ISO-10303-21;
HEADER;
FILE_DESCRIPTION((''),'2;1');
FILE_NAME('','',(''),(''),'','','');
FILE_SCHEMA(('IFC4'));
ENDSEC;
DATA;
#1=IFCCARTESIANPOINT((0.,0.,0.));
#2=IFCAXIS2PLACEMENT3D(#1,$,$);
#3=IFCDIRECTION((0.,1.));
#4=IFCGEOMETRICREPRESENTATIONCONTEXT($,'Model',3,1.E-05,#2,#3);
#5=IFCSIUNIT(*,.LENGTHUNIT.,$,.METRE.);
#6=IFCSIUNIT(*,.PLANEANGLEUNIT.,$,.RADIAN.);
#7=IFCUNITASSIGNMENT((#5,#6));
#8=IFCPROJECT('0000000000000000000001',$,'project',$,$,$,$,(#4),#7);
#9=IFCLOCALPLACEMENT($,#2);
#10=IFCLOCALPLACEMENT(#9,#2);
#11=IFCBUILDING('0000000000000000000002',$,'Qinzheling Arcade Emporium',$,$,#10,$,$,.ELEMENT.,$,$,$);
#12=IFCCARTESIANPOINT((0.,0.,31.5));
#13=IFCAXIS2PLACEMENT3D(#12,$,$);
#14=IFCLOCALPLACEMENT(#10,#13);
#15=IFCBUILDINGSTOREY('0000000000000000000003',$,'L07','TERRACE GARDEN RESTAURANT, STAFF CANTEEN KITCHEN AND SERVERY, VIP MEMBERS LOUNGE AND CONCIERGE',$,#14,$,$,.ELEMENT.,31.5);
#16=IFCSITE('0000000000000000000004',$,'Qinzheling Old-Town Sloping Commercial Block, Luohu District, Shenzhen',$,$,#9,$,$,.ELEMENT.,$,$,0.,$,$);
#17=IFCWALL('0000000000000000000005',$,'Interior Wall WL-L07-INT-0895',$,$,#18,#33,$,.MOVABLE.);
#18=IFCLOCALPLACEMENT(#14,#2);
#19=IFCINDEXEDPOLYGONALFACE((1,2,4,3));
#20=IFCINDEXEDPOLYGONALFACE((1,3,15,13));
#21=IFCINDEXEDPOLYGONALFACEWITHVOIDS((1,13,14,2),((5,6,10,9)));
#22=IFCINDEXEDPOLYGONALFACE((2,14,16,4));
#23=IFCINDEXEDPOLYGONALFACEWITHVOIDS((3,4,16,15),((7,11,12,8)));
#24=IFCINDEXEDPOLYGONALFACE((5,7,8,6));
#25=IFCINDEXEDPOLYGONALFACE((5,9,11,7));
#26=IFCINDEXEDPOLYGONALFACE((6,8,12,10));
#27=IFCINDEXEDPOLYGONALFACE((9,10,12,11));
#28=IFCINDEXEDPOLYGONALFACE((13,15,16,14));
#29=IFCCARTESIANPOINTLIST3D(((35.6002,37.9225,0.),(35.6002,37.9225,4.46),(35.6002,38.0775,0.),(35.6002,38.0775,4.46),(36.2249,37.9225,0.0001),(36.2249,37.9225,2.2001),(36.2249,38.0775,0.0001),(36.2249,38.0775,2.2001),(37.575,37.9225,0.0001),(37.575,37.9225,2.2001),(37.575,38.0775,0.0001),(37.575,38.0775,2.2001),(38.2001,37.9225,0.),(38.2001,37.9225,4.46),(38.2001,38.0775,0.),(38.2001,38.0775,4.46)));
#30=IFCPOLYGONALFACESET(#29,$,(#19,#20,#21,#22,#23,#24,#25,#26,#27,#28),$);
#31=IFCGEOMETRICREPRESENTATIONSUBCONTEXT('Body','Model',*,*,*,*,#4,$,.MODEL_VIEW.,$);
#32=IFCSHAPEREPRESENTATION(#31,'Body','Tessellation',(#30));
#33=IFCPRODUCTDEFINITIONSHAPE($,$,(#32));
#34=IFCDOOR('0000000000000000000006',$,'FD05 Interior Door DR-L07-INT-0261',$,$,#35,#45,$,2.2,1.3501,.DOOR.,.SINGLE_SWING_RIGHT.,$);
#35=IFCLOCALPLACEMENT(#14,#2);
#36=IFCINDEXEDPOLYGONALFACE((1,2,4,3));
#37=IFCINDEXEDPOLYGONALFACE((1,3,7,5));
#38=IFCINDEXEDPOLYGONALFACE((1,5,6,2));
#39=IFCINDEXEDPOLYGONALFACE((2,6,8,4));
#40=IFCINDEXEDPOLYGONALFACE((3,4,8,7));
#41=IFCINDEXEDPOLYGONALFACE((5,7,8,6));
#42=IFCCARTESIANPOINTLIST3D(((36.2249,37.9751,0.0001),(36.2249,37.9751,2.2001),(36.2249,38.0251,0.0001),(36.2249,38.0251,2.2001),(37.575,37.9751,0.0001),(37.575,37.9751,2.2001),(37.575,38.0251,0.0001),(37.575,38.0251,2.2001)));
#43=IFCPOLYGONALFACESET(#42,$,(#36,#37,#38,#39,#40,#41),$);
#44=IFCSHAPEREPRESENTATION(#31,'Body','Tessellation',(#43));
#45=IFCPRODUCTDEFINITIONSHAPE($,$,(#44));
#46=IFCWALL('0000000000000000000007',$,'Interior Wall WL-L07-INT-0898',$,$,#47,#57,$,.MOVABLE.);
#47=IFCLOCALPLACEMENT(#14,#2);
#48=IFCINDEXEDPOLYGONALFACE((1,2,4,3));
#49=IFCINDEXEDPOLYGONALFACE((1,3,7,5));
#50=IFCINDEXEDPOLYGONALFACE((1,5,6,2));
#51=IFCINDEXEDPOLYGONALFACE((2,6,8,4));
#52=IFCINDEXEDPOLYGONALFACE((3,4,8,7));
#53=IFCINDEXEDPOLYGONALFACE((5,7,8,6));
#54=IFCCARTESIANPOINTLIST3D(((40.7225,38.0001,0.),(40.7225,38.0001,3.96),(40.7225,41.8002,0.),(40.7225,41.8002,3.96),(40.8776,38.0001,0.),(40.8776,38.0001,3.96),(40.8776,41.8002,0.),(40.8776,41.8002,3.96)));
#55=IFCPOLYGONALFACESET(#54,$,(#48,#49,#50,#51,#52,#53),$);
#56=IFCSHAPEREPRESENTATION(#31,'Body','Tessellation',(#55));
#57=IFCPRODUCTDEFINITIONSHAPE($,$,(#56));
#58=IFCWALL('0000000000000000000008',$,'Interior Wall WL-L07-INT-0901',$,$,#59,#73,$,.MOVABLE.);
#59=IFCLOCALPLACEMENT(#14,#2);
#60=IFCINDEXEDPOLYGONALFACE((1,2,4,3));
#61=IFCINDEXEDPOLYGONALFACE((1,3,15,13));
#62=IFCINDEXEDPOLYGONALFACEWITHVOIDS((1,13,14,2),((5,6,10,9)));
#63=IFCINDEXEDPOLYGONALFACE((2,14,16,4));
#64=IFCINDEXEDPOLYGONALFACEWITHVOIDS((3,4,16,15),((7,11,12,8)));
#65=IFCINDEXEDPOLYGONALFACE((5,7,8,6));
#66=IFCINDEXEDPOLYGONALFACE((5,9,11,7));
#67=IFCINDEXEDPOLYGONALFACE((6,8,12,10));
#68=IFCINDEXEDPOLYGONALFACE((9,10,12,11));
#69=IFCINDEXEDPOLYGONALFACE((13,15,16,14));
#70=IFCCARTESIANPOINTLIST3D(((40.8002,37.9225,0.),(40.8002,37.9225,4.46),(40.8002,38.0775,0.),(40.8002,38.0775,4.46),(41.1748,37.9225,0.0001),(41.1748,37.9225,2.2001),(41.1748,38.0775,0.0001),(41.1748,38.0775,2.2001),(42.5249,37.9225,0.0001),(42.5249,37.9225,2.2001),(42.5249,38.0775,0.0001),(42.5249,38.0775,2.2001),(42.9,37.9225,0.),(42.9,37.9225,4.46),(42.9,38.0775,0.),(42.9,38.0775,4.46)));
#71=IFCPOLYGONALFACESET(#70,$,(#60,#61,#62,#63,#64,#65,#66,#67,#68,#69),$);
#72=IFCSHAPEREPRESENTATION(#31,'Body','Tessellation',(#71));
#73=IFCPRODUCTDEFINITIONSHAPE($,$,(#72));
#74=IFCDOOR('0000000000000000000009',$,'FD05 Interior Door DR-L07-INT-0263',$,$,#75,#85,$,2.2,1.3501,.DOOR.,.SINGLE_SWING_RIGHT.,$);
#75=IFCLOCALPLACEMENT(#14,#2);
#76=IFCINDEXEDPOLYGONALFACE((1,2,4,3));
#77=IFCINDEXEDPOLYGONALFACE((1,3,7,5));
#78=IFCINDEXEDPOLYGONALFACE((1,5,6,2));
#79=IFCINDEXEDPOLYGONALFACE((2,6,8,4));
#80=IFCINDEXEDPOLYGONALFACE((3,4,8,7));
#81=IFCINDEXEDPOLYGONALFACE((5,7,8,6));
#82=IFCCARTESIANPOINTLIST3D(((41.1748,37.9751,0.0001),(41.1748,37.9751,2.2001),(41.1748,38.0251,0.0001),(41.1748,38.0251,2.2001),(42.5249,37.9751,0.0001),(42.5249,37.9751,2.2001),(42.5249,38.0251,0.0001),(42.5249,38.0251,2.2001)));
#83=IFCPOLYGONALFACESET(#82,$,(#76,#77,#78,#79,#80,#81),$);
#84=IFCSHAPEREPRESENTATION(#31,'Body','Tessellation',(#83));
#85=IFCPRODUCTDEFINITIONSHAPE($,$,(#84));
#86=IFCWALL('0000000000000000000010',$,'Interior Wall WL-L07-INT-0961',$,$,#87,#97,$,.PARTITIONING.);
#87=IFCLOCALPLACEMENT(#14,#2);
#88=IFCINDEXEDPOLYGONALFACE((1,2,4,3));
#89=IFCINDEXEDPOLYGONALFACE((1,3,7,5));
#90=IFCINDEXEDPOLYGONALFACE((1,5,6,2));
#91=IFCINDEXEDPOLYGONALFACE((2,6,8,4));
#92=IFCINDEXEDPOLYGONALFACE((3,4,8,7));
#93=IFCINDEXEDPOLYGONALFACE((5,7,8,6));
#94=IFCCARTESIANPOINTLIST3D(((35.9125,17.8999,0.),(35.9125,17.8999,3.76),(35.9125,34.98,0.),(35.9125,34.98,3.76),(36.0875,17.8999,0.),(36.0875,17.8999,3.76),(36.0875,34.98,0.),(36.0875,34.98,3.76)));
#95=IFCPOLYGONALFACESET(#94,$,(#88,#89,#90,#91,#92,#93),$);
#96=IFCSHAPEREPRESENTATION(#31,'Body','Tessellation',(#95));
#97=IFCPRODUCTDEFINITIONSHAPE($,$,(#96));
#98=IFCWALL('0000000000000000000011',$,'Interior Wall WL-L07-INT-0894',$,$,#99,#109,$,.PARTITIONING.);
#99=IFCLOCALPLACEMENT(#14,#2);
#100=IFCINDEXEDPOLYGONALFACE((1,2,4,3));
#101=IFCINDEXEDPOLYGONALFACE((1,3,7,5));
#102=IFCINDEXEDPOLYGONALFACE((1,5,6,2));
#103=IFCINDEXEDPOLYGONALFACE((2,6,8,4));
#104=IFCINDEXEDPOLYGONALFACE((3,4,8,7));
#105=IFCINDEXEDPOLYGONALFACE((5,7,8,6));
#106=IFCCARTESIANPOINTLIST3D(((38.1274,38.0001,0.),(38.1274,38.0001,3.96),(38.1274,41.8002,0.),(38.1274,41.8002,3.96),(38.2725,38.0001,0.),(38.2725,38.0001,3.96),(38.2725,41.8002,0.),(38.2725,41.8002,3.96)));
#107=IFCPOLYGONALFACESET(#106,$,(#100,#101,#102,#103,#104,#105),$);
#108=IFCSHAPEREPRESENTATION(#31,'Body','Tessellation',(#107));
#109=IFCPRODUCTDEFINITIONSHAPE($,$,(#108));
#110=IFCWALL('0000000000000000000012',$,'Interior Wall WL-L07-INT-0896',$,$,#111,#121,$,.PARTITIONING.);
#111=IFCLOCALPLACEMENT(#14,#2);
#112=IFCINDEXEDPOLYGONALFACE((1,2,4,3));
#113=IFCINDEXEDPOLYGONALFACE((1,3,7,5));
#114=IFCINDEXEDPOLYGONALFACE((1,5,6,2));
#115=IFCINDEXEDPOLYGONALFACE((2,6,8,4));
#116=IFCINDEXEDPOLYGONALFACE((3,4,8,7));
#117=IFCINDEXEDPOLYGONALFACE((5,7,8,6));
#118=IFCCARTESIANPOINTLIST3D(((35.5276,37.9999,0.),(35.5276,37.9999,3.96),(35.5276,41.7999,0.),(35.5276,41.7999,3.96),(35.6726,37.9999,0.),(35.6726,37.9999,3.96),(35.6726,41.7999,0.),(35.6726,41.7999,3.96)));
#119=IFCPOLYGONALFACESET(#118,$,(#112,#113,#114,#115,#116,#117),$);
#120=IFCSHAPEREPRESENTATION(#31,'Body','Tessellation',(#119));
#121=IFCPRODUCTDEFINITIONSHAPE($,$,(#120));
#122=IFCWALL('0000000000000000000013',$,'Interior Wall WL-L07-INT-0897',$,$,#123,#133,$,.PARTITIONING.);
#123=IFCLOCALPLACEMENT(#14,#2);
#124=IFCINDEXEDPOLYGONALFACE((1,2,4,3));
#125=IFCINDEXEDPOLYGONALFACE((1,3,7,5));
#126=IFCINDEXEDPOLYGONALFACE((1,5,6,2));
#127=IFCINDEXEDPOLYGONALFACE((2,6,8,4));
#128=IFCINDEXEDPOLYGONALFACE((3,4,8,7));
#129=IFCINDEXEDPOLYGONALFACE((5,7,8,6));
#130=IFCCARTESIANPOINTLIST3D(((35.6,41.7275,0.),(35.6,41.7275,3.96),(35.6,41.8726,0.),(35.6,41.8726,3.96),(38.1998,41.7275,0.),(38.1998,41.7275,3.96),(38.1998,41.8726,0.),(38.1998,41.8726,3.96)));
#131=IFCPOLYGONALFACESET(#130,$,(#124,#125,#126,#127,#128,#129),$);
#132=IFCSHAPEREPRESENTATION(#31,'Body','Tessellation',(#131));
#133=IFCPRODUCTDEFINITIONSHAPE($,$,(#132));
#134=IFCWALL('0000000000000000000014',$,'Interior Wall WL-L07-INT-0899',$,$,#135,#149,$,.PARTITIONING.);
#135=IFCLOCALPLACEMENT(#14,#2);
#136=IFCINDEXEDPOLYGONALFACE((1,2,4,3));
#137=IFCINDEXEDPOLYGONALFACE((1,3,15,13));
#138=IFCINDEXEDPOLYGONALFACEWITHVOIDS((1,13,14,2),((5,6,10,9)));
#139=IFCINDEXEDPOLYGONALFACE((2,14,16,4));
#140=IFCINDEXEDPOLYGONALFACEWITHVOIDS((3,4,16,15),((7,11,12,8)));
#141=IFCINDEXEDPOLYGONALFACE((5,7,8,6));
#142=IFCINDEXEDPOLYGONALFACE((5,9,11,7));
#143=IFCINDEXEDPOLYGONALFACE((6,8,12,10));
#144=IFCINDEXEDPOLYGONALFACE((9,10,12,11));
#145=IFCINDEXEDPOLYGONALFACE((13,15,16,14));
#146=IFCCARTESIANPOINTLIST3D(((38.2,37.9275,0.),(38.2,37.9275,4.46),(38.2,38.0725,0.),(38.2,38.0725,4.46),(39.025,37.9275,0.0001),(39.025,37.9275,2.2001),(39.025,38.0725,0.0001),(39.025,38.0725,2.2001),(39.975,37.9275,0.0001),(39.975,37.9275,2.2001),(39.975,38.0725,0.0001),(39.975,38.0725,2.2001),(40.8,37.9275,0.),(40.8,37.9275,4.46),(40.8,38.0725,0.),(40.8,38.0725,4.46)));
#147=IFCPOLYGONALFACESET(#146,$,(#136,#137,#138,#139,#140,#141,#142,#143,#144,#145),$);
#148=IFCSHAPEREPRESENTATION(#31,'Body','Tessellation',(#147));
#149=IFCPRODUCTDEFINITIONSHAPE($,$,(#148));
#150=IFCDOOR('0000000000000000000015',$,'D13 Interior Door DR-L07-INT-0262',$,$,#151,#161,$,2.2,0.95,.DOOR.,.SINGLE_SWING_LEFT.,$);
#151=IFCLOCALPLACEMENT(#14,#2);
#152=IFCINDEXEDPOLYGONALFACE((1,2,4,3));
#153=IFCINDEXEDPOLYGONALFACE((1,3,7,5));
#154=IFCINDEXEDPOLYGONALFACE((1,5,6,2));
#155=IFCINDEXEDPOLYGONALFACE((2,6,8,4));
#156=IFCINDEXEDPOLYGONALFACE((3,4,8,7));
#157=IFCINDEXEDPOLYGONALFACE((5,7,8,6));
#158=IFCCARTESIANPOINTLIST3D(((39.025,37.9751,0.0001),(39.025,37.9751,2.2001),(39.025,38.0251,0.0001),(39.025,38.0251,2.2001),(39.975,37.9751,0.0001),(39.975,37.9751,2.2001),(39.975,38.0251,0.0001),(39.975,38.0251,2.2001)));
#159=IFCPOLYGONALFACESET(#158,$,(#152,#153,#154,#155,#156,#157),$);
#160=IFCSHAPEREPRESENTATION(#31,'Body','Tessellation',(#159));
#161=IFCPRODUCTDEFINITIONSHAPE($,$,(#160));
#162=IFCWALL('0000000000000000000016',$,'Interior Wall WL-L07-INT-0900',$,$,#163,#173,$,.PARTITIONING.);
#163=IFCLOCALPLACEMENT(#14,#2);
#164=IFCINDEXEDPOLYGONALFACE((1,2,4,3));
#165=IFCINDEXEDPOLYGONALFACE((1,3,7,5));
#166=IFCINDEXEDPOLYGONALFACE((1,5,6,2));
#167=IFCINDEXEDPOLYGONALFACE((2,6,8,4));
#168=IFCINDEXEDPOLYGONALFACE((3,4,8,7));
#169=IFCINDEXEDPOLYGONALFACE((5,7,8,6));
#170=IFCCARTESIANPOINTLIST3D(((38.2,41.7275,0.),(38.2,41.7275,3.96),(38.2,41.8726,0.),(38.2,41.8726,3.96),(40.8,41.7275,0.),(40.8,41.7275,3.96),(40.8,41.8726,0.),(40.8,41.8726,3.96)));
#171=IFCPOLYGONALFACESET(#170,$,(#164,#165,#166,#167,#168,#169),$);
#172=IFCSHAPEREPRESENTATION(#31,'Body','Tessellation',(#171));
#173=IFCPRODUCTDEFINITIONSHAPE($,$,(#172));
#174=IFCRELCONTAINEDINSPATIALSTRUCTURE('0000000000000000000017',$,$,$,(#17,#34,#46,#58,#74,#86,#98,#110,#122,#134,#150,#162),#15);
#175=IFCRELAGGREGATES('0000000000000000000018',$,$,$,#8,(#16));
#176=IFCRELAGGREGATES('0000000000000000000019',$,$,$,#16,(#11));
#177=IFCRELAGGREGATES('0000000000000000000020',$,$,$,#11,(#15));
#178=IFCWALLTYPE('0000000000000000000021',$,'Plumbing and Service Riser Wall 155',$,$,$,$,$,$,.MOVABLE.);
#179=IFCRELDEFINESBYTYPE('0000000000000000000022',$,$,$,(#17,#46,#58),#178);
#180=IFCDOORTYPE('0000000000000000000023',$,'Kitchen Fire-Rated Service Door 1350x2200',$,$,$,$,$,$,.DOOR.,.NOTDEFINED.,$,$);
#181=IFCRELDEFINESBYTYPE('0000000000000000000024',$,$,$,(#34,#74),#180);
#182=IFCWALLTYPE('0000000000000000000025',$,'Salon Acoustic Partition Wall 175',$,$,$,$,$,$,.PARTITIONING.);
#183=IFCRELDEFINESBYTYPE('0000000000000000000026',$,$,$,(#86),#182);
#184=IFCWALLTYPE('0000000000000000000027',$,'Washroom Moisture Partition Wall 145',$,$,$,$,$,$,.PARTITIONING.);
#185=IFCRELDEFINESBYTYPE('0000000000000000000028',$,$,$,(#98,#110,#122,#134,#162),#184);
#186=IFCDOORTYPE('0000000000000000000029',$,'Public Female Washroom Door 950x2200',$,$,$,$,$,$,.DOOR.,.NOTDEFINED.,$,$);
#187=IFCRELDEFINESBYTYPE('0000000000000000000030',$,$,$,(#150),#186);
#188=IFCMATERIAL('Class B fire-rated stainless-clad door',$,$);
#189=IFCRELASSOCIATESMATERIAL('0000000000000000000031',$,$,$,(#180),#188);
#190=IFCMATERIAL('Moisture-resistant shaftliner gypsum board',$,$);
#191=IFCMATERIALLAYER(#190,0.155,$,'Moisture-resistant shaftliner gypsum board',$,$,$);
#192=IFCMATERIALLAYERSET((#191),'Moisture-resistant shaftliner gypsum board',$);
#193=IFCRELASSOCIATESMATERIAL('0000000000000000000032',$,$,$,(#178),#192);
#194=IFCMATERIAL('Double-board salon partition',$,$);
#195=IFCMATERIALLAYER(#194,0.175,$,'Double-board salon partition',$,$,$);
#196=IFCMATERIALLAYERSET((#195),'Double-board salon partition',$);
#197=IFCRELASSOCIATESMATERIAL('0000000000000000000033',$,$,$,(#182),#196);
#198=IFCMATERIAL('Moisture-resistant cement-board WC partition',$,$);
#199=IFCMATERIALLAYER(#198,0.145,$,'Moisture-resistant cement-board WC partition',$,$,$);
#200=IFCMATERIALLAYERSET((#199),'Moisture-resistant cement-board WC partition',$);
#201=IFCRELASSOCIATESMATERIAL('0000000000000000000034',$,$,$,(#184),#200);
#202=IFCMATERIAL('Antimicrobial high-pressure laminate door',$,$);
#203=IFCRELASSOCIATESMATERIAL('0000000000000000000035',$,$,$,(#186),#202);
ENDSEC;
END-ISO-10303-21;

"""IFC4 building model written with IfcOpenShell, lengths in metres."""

from ifc_helpers import new_model, si_unit, direction, frame, frame_2d, origin, place, context, subcontext, project, spatial, rectangle, extrude, material, layer, layer_set, type_object, element, fill, save


model = new_model("IFC4")

# Units and contexts
model_context = context("Model", 3, precision=1e-05, world=origin(), true_north=direction((0.0, 1.0)))
body_context = subcontext(model_context, "Body", "Model", "MODEL_VIEW")
ifc_project = project(units=[si_unit("LENGTHUNIT", "METRE"), si_unit("PLANEANGLEUNIT", "RADIAN")], contexts=[model_context])

# Site, building, storey
site_placement = place(None, origin())
site = spatial("IfcSite", under=ifc_project, at=site_placement, Name="Qinzheling Old-Town Sloping Commercial Block, Luohu District, Shenzhen", CompositionType="ELEMENT", RefElevation=0.0)
building_placement = place(site_placement, origin())
building = spatial("IfcBuilding", under=site, at=building_placement, Name="Qinzheling Arcade Emporium", CompositionType="ELEMENT")
storey_placement = place(building_placement, frame((0.0, 0.0, 31.5)))
storey = spatial("IfcBuildingStorey", under=building, at=storey_placement, Name="L07", Description="TERRACE GARDEN RESTAURANT, STAFF CANTEEN KITCHEN AND SERVERY, VIP MEMBERS LOUNGE AND CONCIERGE", CompositionType="ELEMENT", Elevation=31.5)

# Shared definitions
ifc_material_1 = material(Name="Class B fire-rated stainless-clad door")
door_type_1 = type_object("IfcDoorType", Name="Kitchen Fire-Rated Service Door 1350x2200", OperationType="NOTDEFINED", PredefinedType="DOOR", material=ifc_material_1)

# Wall, opening, door
ifc_material_2 = material(Name="Moisture-resistant shaftliner gypsum board")
ifc_layer_1 = layer(ifc_material_2, 0.155, Name="Moisture-resistant shaftliner gypsum board")
ifc_layer_set_1 = layer_set([ifc_layer_1], Name="Moisture-resistant shaftliner gypsum board")
wall_type_1 = type_object("IfcWallType", Name="Plumbing and Service Riser Wall 155", PredefinedType="MOVABLE", material=ifc_layer_set_1)
wall_1_placement = place(storey_placement, frame((38.2, 38.0, 0.0), z_axis=(0.0, 0.0, 1.0), x_axis=(-1.0, 0.0, 0.0)))
wall_1 = element("IfcWall", 1, at=wall_1_placement, inside=storey, type_object=wall_type_1, Name="Interior Wall WL-L07-INT-0895", PredefinedType="MOVABLE", context=body_context, shape_type="SweptSolid", body=[
    extrude(rectangle(XDim=2.5999, YDim=0.155, at=frame_2d((1.2998, 0.0))), origin(), (0.0, 0.0, 1.0), 4.46),
])
opening_1_placement = place(wall_1_placement, frame((0.625, 0.0, 0.0)))
opening_1 = element("IfcOpeningElement", 2, at=opening_1_placement, cuts=wall_1, PredefinedType="OPENING", context=body_context, shape_type="SweptSolid", body=[
    extrude(rectangle(XDim=1.3501, YDim=2.2, at=frame_2d((0.675, 1.1001))), frame((0.0, 0.0874, 0.0), z_axis=(0.0, -1.0, 0.0), x_axis=(1.0, 0.0, 0.0)), (0.0, 0.0, 1.0), 0.175),
])
door_1_placement = place(opening_1_placement, origin())
door_1 = element("IfcDoor", 3, at=door_1_placement, inside=storey, type_object=door_type_1, Name="FD05 Interior Door DR-L07-INT-0261", OperationType="SINGLE_SWING_RIGHT", OverallHeight=2.2, OverallWidth=1.3501, PredefinedType="DOOR", context=body_context, shape_type="SweptSolid", body=[
    extrude(rectangle(XDim=1.3501, YDim=2.2, at=frame_2d((0.675, 1.1001))), frame((0.0, 0.0249, 0.0), z_axis=(0.0, -1.0, 0.0), x_axis=(1.0, 0.0, 0.0)), (0.0, 0.0, 1.0), 0.05),
])
fill(opening_1, door_1)

# Wall
wall_2_placement = place(storey_placement, frame((40.8, 41.8, 0.0), z_axis=(0.0, 0.0, 1.0), x_axis=(0.0, -1.0, 0.0)))
element("IfcWall", 4, at=wall_2_placement, inside=storey, type_object=wall_type_1, Name="Interior Wall WL-L07-INT-0898", PredefinedType="MOVABLE", context=body_context, shape_type="SweptSolid", body=[
    extrude(rectangle(XDim=3.8, YDim=0.155, at=frame_2d((1.8999, 0.0))), origin(), (0.0, 0.0, 1.0), 3.96),
])

# Wall, opening, door
wall_3_placement = place(storey_placement, frame((42.8999, 38.0, 0.0), z_axis=(0.0, 0.0, 1.0), x_axis=(-1.0, 0.0, 0.0)))
wall_3 = element("IfcWall", 5, at=wall_3_placement, inside=storey, type_object=wall_type_1, Name="Interior Wall WL-L07-INT-0901", PredefinedType="MOVABLE", context=body_context, shape_type="SweptSolid", body=[
    extrude(rectangle(XDim=2.0999, YDim=0.155, at=frame_2d((1.0498, 0.0))), origin(), (0.0, 0.0, 1.0), 4.46),
])
opening_2_placement = place(wall_3_placement, frame((0.375, 0.0, 0.0)))
opening_2 = element("IfcOpeningElement", 6, at=opening_2_placement, cuts=wall_3, PredefinedType="OPENING", context=body_context, shape_type="SweptSolid", body=[
    extrude(rectangle(XDim=1.3501, YDim=2.2, at=frame_2d((0.675, 1.1001))), frame((0.0, 0.0874, 0.0), z_axis=(0.0, -1.0, 0.0), x_axis=(1.0, 0.0, 0.0)), (0.0, 0.0, 1.0), 0.175),
])
door_2_placement = place(opening_2_placement, origin())
door_2 = element("IfcDoor", 7, at=door_2_placement, inside=storey, type_object=door_type_1, Name="FD05 Interior Door DR-L07-INT-0263", OperationType="SINGLE_SWING_RIGHT", OverallHeight=2.2, OverallWidth=1.3501, PredefinedType="DOOR", context=body_context, shape_type="SweptSolid", body=[
    extrude(rectangle(XDim=1.3501, YDim=2.2, at=frame_2d((0.675, 1.1001))), frame((0.0, 0.0249, 0.0), z_axis=(0.0, -1.0, 0.0), x_axis=(1.0, 0.0, 0.0)), (0.0, 0.0, 1.0), 0.05),
])
fill(opening_2, door_2)

# Walls
ifc_material_3 = material(Name="Double-board salon partition")
ifc_layer_2 = layer(ifc_material_3, 0.175, Name="Double-board salon partition")
ifc_layer_set_2 = layer_set([ifc_layer_2], Name="Double-board salon partition")
wall_type_2 = type_object("IfcWallType", Name="Salon Acoustic Partition Wall 175", PredefinedType="PARTITIONING", material=ifc_layer_set_2)
wall_4_placement = place(storey_placement, frame((36.0, 34.98, 0.0), z_axis=(0.0, 0.0, 1.0), x_axis=(0.0, -1.0, 0.0)))
element("IfcWall", 8, at=wall_4_placement, inside=storey, type_object=wall_type_2, Name="Interior Wall WL-L07-INT-0961", PredefinedType="PARTITIONING", context=body_context, shape_type="SweptSolid", body=[
    extrude(rectangle(XDim=17.0801, YDim=0.175, at=frame_2d((8.54, 0.0))), origin(), (0.0, 0.0, 1.0), 3.76),
])
ifc_material_4 = material(Name="Moisture-resistant cement-board WC partition")
ifc_layer_3 = layer(ifc_material_4, 0.145, Name="Moisture-resistant cement-board WC partition")
ifc_layer_set_3 = layer_set([ifc_layer_3], Name="Moisture-resistant cement-board WC partition")
wall_type_3 = type_object("IfcWallType", Name="Washroom Moisture Partition Wall 145", PredefinedType="PARTITIONING", material=ifc_layer_set_3)
for number, where, z_axis, x_axis, name in (
    (9, (38.2, 41.8, 0.0), (0.0, 0.0, 1.0), (0.0, -1.0, 0.0), "Interior Wall WL-L07-INT-0894"),
    (10, (35.6001, 38.0, 0.0), (0.0, 0.0, 1.0), (0.0, 1.0, 0.0), "Interior Wall WL-L07-INT-0896"),
):
    element("IfcWall", number, at=place(storey_placement, frame(where, z_axis=z_axis, x_axis=x_axis)), inside=storey, type_object=wall_type_3, Name=name, PredefinedType="PARTITIONING", context=body_context, shape_type="SweptSolid", body=[
        extrude(rectangle(XDim=3.8, YDim=0.145, at=frame_2d((1.8999, 0.0))), origin(), (0.0, 0.0, 1.0), 3.96),
    ])
wall_5_placement = place(storey_placement, frame((35.6001, 41.8, 0.0), z_axis=(0.0, 0.0, 1.0), x_axis=(1.0, 0.0, 0.0)))
element("IfcWall", 11, at=wall_5_placement, inside=storey, type_object=wall_type_3, Name="Interior Wall WL-L07-INT-0897", PredefinedType="PARTITIONING", context=body_context, shape_type="SweptSolid", body=[
    extrude(rectangle(XDim=2.5999, YDim=0.145, at=frame_2d((1.2998, 0.0))), origin(), (0.0, 0.0, 1.0), 3.96),
])

# Wall, opening, door
wall_6_placement = place(storey_placement, frame((40.8, 38.0, 0.0), z_axis=(0.0, 0.0, 1.0), x_axis=(-1.0, 0.0, 0.0)))
wall_6 = element("IfcWall", 12, at=wall_6_placement, inside=storey, type_object=wall_type_3, Name="Interior Wall WL-L07-INT-0899", PredefinedType="PARTITIONING", context=body_context, shape_type="SweptSolid", body=[
    extrude(rectangle(XDim=2.6001, YDim=0.145, at=frame_2d((1.3, 0.0))), origin(), (0.0, 0.0, 1.0), 4.46),
])
opening_3_placement = place(wall_6_placement, frame((0.825, 0.0, 0.0)))
opening_3 = element("IfcOpeningElement", 13, at=opening_3_placement, cuts=wall_6, PredefinedType="OPENING", context=body_context, shape_type="SweptSolid", body=[
    extrude(rectangle(XDim=0.95, YDim=2.2, at=frame_2d((0.4751, 1.1001))), frame((0.0, 0.0825, 0.0), z_axis=(0.0, -1.0, 0.0), x_axis=(1.0, 0.0, 0.0)), (0.0, 0.0, 1.0), 0.165),
])
ifc_material_5 = material(Name="Antimicrobial high-pressure laminate door")
door_type_2 = type_object("IfcDoorType", Name="Public Female Washroom Door 950x2200", OperationType="NOTDEFINED", PredefinedType="DOOR", material=ifc_material_5)
door_3_placement = place(opening_3_placement, origin())
door_3 = element("IfcDoor", 14, at=door_3_placement, inside=storey, type_object=door_type_2, Name="D13 Interior Door DR-L07-INT-0262", OperationType="SINGLE_SWING_LEFT", OverallHeight=2.2, OverallWidth=0.95, PredefinedType="DOOR", context=body_context, shape_type="SweptSolid", body=[
    extrude(rectangle(XDim=0.95, YDim=2.2, at=frame_2d((0.4751, 1.1001))), frame((0.0, 0.0249, 0.0), z_axis=(0.0, -1.0, 0.0), x_axis=(1.0, 0.0, 0.0)), (0.0, 0.0, 1.0), 0.05),
])
fill(opening_3, door_3)

# Wall
wall_7_placement = place(storey_placement, frame((38.2, 41.8, 0.0), z_axis=(0.0, 0.0, 1.0), x_axis=(1.0, 0.0, 0.0)))
element("IfcWall", 15, at=wall_7_placement, inside=storey, type_object=wall_type_3, Name="Interior Wall WL-L07-INT-0900", PredefinedType="PARTITIONING", context=body_context, shape_type="SweptSolid", body=[
    extrude(rectangle(XDim=2.6001, YDim=0.145, at=frame_2d((1.3, 0.0))), origin(), (0.0, 0.0, 1.0), 3.96),
])

save(model, "model.ifc")
